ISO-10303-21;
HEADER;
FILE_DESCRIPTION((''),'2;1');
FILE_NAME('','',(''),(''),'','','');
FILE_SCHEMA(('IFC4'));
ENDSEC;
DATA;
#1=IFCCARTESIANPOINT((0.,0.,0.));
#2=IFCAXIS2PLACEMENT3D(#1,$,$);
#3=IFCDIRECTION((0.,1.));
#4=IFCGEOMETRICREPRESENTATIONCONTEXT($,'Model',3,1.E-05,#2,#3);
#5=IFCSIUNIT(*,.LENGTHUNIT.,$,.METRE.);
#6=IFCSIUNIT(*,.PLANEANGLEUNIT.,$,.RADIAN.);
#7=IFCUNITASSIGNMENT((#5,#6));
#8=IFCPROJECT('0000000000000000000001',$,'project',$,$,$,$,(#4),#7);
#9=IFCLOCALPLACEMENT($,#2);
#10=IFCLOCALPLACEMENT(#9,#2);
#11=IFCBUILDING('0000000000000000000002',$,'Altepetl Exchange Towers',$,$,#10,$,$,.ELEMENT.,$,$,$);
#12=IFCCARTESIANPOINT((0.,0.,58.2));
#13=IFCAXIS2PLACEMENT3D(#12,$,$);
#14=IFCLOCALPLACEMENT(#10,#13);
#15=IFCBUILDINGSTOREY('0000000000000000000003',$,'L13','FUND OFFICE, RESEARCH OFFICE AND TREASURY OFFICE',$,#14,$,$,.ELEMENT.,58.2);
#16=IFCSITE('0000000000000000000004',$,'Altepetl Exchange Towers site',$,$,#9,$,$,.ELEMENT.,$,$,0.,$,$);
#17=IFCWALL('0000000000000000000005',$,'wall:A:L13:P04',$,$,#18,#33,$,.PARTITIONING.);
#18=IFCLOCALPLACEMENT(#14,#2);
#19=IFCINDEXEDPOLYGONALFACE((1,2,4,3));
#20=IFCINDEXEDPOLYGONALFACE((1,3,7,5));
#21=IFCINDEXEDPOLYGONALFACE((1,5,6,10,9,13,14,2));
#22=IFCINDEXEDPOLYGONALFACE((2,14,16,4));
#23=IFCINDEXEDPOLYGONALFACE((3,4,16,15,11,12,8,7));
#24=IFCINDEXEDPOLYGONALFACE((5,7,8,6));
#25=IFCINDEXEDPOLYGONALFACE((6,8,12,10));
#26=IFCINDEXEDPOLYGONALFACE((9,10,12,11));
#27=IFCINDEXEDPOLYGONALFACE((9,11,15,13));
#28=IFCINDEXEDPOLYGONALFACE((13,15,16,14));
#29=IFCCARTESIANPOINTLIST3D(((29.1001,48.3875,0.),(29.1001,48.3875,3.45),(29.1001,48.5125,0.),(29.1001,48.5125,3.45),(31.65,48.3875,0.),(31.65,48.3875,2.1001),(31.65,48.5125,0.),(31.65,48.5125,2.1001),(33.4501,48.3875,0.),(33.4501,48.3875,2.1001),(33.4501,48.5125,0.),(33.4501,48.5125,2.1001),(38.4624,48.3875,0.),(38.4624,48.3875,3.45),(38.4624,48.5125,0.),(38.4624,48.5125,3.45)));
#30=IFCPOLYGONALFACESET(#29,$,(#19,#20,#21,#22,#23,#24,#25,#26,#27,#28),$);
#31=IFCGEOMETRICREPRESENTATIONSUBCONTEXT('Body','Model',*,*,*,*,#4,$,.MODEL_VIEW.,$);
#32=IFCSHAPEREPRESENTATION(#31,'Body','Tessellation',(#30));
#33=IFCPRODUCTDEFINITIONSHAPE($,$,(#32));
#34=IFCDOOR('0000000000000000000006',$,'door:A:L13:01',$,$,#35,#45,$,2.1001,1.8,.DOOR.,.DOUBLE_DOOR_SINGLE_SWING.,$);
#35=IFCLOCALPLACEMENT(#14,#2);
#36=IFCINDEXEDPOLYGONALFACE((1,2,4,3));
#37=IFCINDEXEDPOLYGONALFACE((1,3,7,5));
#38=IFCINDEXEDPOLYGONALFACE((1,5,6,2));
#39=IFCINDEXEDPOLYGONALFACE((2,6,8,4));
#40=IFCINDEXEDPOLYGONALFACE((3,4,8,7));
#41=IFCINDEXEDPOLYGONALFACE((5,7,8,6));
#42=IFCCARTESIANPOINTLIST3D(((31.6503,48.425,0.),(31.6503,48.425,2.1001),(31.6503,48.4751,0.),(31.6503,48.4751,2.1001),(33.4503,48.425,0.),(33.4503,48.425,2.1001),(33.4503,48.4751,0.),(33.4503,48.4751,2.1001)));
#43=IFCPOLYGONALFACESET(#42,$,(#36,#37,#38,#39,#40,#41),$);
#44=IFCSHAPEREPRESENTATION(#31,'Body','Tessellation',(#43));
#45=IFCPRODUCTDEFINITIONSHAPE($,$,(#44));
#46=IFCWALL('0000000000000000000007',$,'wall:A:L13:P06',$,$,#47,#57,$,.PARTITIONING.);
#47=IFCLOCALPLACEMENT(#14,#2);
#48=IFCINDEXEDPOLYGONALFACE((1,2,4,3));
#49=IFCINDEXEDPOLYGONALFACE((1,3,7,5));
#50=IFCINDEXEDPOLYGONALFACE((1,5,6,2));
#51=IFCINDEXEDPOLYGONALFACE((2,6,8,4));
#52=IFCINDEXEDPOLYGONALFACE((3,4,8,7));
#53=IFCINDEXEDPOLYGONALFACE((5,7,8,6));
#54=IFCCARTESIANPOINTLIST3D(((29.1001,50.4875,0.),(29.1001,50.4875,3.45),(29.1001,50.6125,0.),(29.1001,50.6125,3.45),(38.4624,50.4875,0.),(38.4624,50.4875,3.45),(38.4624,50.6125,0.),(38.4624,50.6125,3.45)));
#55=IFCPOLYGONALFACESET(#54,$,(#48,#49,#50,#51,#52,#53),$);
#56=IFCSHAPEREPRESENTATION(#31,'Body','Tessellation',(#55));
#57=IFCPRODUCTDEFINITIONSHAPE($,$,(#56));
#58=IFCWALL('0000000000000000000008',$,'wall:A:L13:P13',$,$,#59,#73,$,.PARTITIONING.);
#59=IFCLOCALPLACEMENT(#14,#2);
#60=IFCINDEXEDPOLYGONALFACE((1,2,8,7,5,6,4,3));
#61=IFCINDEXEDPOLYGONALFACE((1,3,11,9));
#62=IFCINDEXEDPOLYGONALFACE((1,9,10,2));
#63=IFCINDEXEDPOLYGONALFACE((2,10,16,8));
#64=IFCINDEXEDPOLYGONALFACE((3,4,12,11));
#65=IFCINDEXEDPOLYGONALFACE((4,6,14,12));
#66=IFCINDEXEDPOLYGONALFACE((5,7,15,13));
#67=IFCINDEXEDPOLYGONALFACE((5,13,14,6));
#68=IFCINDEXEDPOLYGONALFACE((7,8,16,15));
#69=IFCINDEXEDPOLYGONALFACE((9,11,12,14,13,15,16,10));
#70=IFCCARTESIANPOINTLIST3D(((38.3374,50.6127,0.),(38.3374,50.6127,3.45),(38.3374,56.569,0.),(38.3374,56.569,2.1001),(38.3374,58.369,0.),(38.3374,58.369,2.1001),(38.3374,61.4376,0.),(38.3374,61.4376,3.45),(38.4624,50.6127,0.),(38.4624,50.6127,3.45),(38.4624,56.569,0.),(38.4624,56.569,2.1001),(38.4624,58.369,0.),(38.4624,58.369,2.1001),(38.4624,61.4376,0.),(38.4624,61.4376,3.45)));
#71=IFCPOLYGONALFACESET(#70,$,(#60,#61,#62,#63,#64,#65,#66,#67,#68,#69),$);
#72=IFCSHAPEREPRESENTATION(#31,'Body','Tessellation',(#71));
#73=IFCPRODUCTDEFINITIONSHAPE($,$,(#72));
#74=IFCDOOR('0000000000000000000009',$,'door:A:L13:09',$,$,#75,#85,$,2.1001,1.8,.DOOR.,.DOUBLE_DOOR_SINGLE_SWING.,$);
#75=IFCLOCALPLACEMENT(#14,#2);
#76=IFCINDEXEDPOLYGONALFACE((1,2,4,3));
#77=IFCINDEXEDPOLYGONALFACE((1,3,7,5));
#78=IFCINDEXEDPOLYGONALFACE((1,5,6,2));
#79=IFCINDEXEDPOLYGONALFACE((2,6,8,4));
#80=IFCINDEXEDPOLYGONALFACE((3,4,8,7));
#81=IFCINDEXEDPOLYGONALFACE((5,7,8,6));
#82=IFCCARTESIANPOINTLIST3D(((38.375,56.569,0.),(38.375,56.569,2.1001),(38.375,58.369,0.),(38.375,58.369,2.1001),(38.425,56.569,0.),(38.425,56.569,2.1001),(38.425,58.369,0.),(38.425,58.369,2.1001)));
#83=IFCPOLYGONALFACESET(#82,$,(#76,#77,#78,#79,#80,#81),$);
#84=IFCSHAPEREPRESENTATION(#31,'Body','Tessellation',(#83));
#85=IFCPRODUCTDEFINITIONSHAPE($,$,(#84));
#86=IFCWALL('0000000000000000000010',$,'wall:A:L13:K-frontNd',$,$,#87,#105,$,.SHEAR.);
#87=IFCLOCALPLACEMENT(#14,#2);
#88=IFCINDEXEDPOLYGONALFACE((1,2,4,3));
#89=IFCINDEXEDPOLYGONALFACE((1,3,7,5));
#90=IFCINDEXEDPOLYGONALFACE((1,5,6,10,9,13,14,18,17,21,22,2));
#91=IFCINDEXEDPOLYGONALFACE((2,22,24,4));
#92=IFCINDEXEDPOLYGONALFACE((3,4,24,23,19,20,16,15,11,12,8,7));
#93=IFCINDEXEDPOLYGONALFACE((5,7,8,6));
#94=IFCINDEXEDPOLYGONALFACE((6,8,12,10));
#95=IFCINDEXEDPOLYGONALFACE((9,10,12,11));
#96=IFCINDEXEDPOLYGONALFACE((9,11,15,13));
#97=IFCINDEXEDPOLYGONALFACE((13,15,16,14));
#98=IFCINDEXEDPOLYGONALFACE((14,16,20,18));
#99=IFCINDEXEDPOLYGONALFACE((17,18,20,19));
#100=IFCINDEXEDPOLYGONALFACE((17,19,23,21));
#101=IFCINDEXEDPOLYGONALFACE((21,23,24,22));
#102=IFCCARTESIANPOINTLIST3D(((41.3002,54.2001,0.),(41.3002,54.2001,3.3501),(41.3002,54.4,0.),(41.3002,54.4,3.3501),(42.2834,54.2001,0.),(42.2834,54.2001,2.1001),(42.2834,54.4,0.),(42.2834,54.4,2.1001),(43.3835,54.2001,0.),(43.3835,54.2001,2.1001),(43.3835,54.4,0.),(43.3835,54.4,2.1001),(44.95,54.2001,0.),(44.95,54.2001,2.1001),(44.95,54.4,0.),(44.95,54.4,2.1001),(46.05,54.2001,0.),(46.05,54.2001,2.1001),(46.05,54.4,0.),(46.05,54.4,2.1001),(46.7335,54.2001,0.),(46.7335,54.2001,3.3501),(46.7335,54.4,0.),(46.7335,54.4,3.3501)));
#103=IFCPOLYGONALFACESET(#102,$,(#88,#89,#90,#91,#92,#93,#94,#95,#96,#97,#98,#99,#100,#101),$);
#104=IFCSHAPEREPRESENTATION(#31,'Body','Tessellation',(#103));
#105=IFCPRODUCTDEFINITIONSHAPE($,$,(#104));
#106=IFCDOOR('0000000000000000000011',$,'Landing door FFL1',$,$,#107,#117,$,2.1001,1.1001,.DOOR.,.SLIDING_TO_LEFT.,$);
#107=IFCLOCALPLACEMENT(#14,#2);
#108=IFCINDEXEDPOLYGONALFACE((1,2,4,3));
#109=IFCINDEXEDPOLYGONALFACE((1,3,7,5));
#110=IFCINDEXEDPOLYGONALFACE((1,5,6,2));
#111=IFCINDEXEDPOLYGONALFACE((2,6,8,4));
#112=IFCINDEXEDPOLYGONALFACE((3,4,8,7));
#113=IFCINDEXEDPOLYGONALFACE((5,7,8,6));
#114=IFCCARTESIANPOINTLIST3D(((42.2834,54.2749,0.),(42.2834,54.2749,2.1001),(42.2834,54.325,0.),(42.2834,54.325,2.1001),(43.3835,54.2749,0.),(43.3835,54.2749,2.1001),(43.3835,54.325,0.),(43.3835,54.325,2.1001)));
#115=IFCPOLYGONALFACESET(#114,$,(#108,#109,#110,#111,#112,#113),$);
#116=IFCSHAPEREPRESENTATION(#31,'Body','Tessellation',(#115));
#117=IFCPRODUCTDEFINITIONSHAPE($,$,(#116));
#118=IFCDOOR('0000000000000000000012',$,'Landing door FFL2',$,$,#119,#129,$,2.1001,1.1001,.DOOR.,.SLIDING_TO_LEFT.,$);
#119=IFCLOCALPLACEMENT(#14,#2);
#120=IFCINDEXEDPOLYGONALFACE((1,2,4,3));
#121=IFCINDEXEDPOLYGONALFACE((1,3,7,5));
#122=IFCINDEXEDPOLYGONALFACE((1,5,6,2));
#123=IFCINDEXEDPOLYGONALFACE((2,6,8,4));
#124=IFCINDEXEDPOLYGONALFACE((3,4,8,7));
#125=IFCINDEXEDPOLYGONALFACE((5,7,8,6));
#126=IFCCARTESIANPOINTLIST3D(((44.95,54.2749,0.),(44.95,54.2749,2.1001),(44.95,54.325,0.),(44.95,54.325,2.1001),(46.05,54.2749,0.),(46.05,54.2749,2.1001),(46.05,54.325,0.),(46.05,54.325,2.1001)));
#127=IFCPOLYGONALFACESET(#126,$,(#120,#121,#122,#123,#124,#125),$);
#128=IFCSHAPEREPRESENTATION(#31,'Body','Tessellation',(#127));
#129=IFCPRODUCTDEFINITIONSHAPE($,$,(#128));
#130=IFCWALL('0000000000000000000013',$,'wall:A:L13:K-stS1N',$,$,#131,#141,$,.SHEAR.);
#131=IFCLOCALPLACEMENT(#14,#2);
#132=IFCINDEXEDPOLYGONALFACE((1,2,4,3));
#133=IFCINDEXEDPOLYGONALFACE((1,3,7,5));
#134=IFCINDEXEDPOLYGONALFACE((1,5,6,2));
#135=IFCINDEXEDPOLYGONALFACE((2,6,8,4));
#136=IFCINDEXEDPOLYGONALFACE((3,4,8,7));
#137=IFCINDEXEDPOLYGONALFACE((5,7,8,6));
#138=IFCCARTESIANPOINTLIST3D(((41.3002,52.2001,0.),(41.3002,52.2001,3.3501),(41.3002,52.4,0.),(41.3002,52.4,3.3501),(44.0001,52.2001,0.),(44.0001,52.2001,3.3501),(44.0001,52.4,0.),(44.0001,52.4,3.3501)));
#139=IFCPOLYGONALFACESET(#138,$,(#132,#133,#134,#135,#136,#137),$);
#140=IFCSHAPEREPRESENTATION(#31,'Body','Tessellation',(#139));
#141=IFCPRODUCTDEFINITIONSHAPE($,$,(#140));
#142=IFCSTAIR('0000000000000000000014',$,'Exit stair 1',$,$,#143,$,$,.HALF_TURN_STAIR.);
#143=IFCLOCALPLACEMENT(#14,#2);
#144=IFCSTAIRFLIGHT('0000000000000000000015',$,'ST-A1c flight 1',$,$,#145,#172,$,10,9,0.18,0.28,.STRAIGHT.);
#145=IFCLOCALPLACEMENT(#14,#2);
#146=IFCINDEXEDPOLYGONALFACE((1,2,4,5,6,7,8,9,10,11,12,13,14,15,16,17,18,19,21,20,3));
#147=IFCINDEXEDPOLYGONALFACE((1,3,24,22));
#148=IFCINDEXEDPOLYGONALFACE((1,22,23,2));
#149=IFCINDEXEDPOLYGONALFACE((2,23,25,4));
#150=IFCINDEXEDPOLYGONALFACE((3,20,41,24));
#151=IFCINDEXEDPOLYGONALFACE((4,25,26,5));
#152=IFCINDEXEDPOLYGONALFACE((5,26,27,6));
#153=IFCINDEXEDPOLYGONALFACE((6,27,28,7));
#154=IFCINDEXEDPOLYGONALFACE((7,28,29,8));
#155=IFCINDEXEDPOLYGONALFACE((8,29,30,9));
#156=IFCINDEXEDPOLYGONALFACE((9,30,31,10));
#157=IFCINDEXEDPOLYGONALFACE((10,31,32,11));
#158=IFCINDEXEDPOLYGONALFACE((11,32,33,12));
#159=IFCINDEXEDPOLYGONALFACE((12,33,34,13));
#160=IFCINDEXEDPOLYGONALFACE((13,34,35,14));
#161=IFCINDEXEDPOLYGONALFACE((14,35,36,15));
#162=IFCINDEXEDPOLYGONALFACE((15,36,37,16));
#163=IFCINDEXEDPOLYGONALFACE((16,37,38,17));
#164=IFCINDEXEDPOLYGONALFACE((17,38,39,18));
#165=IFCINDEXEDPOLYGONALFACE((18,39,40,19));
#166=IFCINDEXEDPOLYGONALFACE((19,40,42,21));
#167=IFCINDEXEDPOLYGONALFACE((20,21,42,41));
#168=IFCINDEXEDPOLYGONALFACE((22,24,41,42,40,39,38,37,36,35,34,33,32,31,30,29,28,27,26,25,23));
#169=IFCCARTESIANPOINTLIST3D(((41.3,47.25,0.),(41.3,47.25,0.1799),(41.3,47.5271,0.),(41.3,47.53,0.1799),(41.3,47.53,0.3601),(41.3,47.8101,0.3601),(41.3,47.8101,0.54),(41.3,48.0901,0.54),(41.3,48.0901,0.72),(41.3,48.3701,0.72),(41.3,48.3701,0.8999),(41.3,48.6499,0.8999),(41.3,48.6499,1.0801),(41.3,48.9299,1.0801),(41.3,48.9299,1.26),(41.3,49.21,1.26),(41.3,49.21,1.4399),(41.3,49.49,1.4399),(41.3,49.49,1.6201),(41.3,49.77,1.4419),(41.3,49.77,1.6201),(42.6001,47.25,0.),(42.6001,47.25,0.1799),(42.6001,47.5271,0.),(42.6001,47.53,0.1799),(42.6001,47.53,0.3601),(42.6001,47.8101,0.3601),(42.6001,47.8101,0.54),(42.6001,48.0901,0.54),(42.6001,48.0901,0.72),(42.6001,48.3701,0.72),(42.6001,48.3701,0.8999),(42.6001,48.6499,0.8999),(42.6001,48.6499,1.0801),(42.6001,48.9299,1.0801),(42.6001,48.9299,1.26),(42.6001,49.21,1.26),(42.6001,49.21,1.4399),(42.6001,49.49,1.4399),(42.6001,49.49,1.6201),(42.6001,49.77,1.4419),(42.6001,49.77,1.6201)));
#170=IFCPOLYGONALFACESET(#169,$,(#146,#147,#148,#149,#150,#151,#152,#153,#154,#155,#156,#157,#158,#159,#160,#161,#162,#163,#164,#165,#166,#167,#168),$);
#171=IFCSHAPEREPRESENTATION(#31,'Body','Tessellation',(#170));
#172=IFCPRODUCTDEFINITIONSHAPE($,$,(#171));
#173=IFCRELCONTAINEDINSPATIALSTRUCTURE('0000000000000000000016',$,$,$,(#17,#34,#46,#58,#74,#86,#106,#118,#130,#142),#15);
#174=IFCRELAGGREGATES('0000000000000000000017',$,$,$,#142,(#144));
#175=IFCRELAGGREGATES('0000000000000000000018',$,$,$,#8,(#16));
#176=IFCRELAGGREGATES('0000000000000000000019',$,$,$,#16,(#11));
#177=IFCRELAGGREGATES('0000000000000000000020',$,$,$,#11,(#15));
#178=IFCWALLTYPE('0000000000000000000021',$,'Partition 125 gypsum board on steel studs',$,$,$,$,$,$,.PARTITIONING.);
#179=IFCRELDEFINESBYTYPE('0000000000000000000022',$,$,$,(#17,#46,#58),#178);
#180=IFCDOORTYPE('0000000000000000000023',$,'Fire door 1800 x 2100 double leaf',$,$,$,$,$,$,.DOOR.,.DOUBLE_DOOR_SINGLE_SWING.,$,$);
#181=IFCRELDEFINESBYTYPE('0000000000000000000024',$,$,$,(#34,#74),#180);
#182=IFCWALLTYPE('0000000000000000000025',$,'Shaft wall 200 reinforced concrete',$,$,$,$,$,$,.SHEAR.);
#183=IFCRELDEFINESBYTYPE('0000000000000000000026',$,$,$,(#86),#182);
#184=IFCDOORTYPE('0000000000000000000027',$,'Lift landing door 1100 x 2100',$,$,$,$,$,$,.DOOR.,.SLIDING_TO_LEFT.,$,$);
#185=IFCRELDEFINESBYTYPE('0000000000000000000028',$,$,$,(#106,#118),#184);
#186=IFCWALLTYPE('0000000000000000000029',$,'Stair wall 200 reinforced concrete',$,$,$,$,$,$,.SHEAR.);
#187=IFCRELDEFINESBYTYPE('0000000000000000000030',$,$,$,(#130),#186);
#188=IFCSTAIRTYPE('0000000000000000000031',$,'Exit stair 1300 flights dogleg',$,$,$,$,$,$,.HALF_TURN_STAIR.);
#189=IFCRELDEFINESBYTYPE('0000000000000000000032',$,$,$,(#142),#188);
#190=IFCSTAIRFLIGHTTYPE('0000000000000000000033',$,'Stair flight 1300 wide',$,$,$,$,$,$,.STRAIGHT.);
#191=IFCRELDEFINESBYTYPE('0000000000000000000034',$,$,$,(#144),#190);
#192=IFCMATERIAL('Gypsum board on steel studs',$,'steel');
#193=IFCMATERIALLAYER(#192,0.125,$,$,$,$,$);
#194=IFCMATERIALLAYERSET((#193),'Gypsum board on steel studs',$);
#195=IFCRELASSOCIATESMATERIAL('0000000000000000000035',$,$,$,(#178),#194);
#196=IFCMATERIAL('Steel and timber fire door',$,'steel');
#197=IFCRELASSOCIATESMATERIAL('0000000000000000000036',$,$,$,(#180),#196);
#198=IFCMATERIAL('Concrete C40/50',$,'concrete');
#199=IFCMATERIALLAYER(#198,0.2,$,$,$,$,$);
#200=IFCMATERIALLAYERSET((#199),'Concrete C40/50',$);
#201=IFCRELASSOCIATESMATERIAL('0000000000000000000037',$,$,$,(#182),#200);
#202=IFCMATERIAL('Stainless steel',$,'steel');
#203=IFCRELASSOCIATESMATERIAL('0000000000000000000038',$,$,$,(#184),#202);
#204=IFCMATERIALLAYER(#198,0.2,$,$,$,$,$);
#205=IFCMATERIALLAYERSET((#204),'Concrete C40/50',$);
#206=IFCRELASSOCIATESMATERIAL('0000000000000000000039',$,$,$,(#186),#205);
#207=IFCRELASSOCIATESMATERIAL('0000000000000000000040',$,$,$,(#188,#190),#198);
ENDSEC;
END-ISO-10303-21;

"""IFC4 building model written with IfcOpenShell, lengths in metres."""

from ifc_helpers import new_model, si_unit, direction, frame, frame_2d, origin, place, context, subcontext, project, spatial, polyline, rectangle, outline, extrude, material, layer, layer_set, type_object, element, fill, aggregate, save


model = new_model("IFC4")

# Units and contexts
model_context = context("Model", 3, precision=1e-05, world=origin(), true_north=direction((0.0, 1.0)))
body_context = subcontext(model_context, "Body", "Model", "MODEL_VIEW")
ifc_project = project(units=[si_unit("LENGTHUNIT", "METRE"), si_unit("PLANEANGLEUNIT", "RADIAN")], contexts=[model_context])

# Site, building, storey
site_placement = place(None, origin())
site = spatial("IfcSite", under=ifc_project, at=site_placement, Name="Altepetl Exchange Towers site", CompositionType="ELEMENT", RefElevation=0.0)
building_placement = place(site_placement, origin())
building = spatial("IfcBuilding", under=site, at=building_placement, Name="Altepetl Exchange Towers", CompositionType="ELEMENT")
storey_placement = place(building_placement, frame((0.0, 0.0, 58.2)))
storey = spatial("IfcBuildingStorey", under=building, at=storey_placement, Name="L13", Description="FUND OFFICE, RESEARCH OFFICE AND TREASURY OFFICE", CompositionType="ELEMENT", Elevation=58.2)

# Wall, opening, door
ifc_material_1 = material(Name="Gypsum board on steel studs", Category="steel")
ifc_layer_1 = layer(ifc_material_1, 0.125)
ifc_layer_set_1 = layer_set([ifc_layer_1], Name="Gypsum board on steel studs")
wall_type_1 = type_object("IfcWallType", Name="Partition 125 gypsum board on steel studs", PredefinedType="PARTITIONING", material=ifc_layer_set_1)
wall_1_placement = place(storey_placement, frame((29.1001, 48.45, 0.0)))
wall_1 = element("IfcWall", 1, at=wall_1_placement, inside=storey, type_object=wall_type_1, Name="wall:A:L13:P04", PredefinedType="PARTITIONING", context=body_context, shape_type="SweptSolid", body=[
    extrude(rectangle(XDim=9.3623, YDim=0.125, at=frame_2d((4.6812, 0.0))), origin(), (0.0, 0.0, 1.0), 3.45),
])
opening_1_placement = place(wall_1_placement, frame((2.55, 0.0, 0.0)))
opening_1 = element("IfcOpeningElement", 2, at=opening_1_placement, cuts=wall_1, PredefinedType="OPENING", context=body_context, shape_type="SweptSolid", body=[
    extrude(rectangle(XDim=1.8, YDim=2.1001, at=frame_2d((0.8999, 1.05))), frame((0.0, 0.0725, 0.0), z_axis=(0.0, -1.0, 0.0), x_axis=(1.0, 0.0, 0.0)), (0.0, 0.0, 1.0), 0.145),
])
ifc_material_2 = material(Name="Steel and timber fire door", Category="steel")
door_type_1 = type_object("IfcDoorType", Name="Fire door 1800 x 2100 double leaf", OperationType="DOUBLE_DOOR_SINGLE_SWING", PredefinedType="DOOR", material=ifc_material_2)
door_1_placement = place(opening_1_placement, frame((1.8, 0.0, 0.0), x_axis=(-1.0, 0.0, 0.0)))
door_1 = element("IfcDoor", 3, at=door_1_placement, inside=storey, type_object=door_type_1, Name="door:A:L13:01", OperationType="DOUBLE_DOOR_SINGLE_SWING", OverallHeight=2.1001, OverallWidth=1.8, PredefinedType="DOOR", context=body_context, shape_type="SweptSolid", body=[
    extrude(rectangle(XDim=1.8, YDim=2.1001, at=frame_2d((0.8999, 1.05))), frame((0.0, 0.0249, 0.0), z_axis=(0.0, -1.0, 0.0), x_axis=(1.0, 0.0, 0.0)), (0.0, 0.0, 1.0), 0.05),
])
fill(opening_1, door_1)

# Wall
wall_2_placement = place(storey_placement, frame((29.1001, 50.55, 0.0)))
element("IfcWall", 4, at=wall_2_placement, inside=storey, type_object=wall_type_1, Name="wall:A:L13:P06", PredefinedType="PARTITIONING", context=body_context, shape_type="SweptSolid", body=[
    extrude(rectangle(XDim=9.3623, YDim=0.125, at=frame_2d((4.6812, 0.0))), origin(), (0.0, 0.0, 1.0), 3.45),
])

# Wall, opening, door
wall_3_placement = place(storey_placement, frame((38.3999, 50.6125, 0.0), z_axis=(0.0, 0.0, 1.0), x_axis=(0.0, 1.0, 0.0)))
wall_3 = element("IfcWall", 5, at=wall_3_placement, inside=storey, type_object=wall_type_1, Name="wall:A:L13:P13", PredefinedType="PARTITIONING", context=body_context, shape_type="SweptSolid", body=[
    extrude(rectangle(XDim=10.825, YDim=0.125, at=frame_2d((5.4126, 0.0))), origin(), (0.0, 0.0, 1.0), 3.45),
])
opening_2_placement = place(wall_3_placement, frame((5.9565, 0.0, 0.0)))
opening_2 = element("IfcOpeningElement", 6, at=opening_2_placement, cuts=wall_3, PredefinedType="OPENING", context=body_context, shape_type="SweptSolid", body=[
    extrude(rectangle(XDim=1.8, YDim=2.1001, at=frame_2d((0.8999, 1.05))), frame((0.0, 0.0725, 0.0), z_axis=(0.0, -1.0, 0.0), x_axis=(1.0, 0.0, 0.0)), (0.0, 0.0, 1.0), 0.145),
])
door_2_placement = place(opening_2_placement, origin())
door_2 = element("IfcDoor", 7, at=door_2_placement, inside=storey, type_object=door_type_1, Name="door:A:L13:09", OperationType="DOUBLE_DOOR_SINGLE_SWING", OverallHeight=2.1001, OverallWidth=1.8, PredefinedType="DOOR", context=body_context, shape_type="SweptSolid", body=[
    extrude(rectangle(XDim=1.8, YDim=2.1001, at=frame_2d((0.8999, 1.05))), frame((0.0, 0.0249, 0.0), z_axis=(0.0, -1.0, 0.0), x_axis=(1.0, 0.0, 0.0)), (0.0, 0.0, 1.0), 0.05),
])
fill(opening_2, door_2)

# Wall, openings, doors
ifc_material_3 = material(Name="Concrete C40/50", Category="concrete")
ifc_layer_2 = layer(ifc_material_3, 0.2)
ifc_layer_set_2 = layer_set([ifc_layer_2], Name="Concrete C40/50")
wall_type_2 = type_object("IfcWallType", Name="Shaft wall 200 reinforced concrete", PredefinedType="SHEAR", material=ifc_layer_set_2)
wall_4_placement = place(storey_placement, frame((41.3, 54.3, 0.0)))
wall_4 = element("IfcWall", 8, at=wall_4_placement, inside=storey, type_object=wall_type_2, Name="wall:A:L13:K-frontNd", PredefinedType="SHEAR", context=body_context, shape_type="SweptSolid", body=[
    extrude(rectangle(XDim=5.4333, YDim=0.2, at=frame_2d((2.7168, 0.0))), origin(), (0.0, 0.0, 1.0), 3.3501),
])
opening_3_placement = place(wall_4_placement, frame((0.9834, 0.0, 0.0)))
opening_3 = element("IfcOpeningElement", 9, at=opening_3_placement, cuts=wall_4, PredefinedType="OPENING", context=body_context, shape_type="SweptSolid", body=[
    extrude(rectangle(XDim=1.1001, YDim=2.1001, at=frame_2d((0.55, 1.05))), frame((0.0, 0.1099, 0.0), z_axis=(0.0, -1.0, 0.0), x_axis=(1.0, 0.0, 0.0)), (0.0, 0.0, 1.0), 0.22),
])
opening_4_placement = place(wall_4_placement, frame((3.6499, 0.0, 0.0)))
opening_4 = element("IfcOpeningElement", 10, at=opening_4_placement, cuts=wall_4, PredefinedType="OPENING", context=body_context, shape_type="SweptSolid", body=[
    extrude(rectangle(XDim=1.1001, YDim=2.1001, at=frame_2d((0.55, 1.05))), frame((0.0, 0.1099, 0.0), z_axis=(0.0, -1.0, 0.0), x_axis=(1.0, 0.0, 0.0)), (0.0, 0.0, 1.0), 0.22),
])
ifc_material_4 = material(Name="Stainless steel", Category="steel")
door_type_2 = type_object("IfcDoorType", Name="Lift landing door 1100 x 2100", OperationType="SLIDING_TO_LEFT", PredefinedType="DOOR", material=ifc_material_4)
door_3_placement = place(opening_3_placement, origin())
door_3 = element("IfcDoor", 11, at=door_3_placement, inside=storey, type_object=door_type_2, Name="Landing door FFL1", OperationType="SLIDING_TO_LEFT", OverallHeight=2.1001, OverallWidth=1.1001, PredefinedType="DOOR", context=body_context, shape_type="SweptSolid", body=[
    extrude(rectangle(XDim=1.1001, YDim=2.1001, at=frame_2d((0.55, 1.05))), frame((0.0, 0.0249, 0.0), z_axis=(0.0, -1.0, 0.0), x_axis=(1.0, 0.0, 0.0)), (0.0, 0.0, 1.0), 0.05),
])
fill(opening_3, door_3)
door_4_placement = place(opening_4_placement, origin())
door_4 = element("IfcDoor", 12, at=door_4_placement, inside=storey, type_object=door_type_2, Name="Landing door FFL2", OperationType="SLIDING_TO_LEFT", OverallHeight=2.1001, OverallWidth=1.1001, PredefinedType="DOOR", context=body_context, shape_type="SweptSolid", body=[
    extrude(rectangle(XDim=1.1001, YDim=2.1001, at=frame_2d((0.55, 1.05))), frame((0.0, 0.0249, 0.0), z_axis=(0.0, -1.0, 0.0), x_axis=(1.0, 0.0, 0.0)), (0.0, 0.0, 1.0), 0.05),
])
fill(opening_4, door_4)

# Wall
ifc_layer_3 = layer(ifc_material_3, 0.2)
ifc_layer_set_3 = layer_set([ifc_layer_3], Name="Concrete C40/50")
wall_type_3 = type_object("IfcWallType", Name="Stair wall 200 reinforced concrete", PredefinedType="SHEAR", material=ifc_layer_set_3)
wall_5_placement = place(storey_placement, frame((41.3, 52.3, 0.0)))
element("IfcWall", 13, at=wall_5_placement, inside=storey, type_object=wall_type_3, Name="wall:A:L13:K-stS1N", PredefinedType="SHEAR", context=body_context, shape_type="SweptSolid", body=[
    extrude(rectangle(XDim=2.7, YDim=0.2, at=frame_2d((1.3501, 0.0))), origin(), (0.0, 0.0, 1.0), 3.3501),
])

# Stair, stair flight
stair_type = type_object("IfcStairType", Name="Exit stair 1300 flights dogleg", PredefinedType="HALF_TURN_STAIR", material=ifc_material_3)
stair_placement = place(storey_placement, origin())
stair = element("IfcStair", 14, at=stair_placement, inside=storey, type_object=stair_type, Name="Exit stair 1", PredefinedType="HALF_TURN_STAIR")
stair_flight_type = type_object("IfcStairFlightType", Name="Stair flight 1300 wide", PredefinedType="STRAIGHT", material=ifc_material_3)
stair_flight_placement = place(storey_placement, frame((41.95, 47.25, 0.0), z_axis=(0.0, 0.0, 1.0), x_axis=(0.0, 1.0, 0.0)))
stair_flight = element("IfcStairFlight", 15, at=stair_flight_placement, type_object=stair_flight_type, Name="ST-A1c flight 1", NumberOfRisers=10, NumberOfTreads=9, PredefinedType="STRAIGHT", RiserHeight=0.18, TreadLength=0.28, context=body_context, shape_type="SweptSolid", body=[
    extrude(outline(polyline([(0.0, 0.0), (0.0, 0.1799), (0.28, 0.1799), (0.28, 0.3601), (0.5601, 0.3601), (0.5601, 0.54), (0.8401, 0.54), (0.8401, 0.72), (1.1201, 0.72), (1.1201, 0.8999), (1.3999, 0.8999), (1.3999, 1.0801), (1.6799, 1.0801), (1.6799, 1.26), (1.96, 1.26), (1.96, 1.4399), (2.24, 1.4399), (2.24, 1.6201), (2.52, 1.6201), (2.52, 1.8), (2.52, 1.4419), (0.2771, 0.0), (0.0, 0.0)])), frame((0.0, 0.6499, 0.0), z_axis=(0.0, -1.0, 0.0), x_axis=(1.0, 0.0, 0.0)), (0.0, 0.0, 1.0), 1.3),
])
aggregate(stair, [stair_flight])

save(model, "model.ifc")
